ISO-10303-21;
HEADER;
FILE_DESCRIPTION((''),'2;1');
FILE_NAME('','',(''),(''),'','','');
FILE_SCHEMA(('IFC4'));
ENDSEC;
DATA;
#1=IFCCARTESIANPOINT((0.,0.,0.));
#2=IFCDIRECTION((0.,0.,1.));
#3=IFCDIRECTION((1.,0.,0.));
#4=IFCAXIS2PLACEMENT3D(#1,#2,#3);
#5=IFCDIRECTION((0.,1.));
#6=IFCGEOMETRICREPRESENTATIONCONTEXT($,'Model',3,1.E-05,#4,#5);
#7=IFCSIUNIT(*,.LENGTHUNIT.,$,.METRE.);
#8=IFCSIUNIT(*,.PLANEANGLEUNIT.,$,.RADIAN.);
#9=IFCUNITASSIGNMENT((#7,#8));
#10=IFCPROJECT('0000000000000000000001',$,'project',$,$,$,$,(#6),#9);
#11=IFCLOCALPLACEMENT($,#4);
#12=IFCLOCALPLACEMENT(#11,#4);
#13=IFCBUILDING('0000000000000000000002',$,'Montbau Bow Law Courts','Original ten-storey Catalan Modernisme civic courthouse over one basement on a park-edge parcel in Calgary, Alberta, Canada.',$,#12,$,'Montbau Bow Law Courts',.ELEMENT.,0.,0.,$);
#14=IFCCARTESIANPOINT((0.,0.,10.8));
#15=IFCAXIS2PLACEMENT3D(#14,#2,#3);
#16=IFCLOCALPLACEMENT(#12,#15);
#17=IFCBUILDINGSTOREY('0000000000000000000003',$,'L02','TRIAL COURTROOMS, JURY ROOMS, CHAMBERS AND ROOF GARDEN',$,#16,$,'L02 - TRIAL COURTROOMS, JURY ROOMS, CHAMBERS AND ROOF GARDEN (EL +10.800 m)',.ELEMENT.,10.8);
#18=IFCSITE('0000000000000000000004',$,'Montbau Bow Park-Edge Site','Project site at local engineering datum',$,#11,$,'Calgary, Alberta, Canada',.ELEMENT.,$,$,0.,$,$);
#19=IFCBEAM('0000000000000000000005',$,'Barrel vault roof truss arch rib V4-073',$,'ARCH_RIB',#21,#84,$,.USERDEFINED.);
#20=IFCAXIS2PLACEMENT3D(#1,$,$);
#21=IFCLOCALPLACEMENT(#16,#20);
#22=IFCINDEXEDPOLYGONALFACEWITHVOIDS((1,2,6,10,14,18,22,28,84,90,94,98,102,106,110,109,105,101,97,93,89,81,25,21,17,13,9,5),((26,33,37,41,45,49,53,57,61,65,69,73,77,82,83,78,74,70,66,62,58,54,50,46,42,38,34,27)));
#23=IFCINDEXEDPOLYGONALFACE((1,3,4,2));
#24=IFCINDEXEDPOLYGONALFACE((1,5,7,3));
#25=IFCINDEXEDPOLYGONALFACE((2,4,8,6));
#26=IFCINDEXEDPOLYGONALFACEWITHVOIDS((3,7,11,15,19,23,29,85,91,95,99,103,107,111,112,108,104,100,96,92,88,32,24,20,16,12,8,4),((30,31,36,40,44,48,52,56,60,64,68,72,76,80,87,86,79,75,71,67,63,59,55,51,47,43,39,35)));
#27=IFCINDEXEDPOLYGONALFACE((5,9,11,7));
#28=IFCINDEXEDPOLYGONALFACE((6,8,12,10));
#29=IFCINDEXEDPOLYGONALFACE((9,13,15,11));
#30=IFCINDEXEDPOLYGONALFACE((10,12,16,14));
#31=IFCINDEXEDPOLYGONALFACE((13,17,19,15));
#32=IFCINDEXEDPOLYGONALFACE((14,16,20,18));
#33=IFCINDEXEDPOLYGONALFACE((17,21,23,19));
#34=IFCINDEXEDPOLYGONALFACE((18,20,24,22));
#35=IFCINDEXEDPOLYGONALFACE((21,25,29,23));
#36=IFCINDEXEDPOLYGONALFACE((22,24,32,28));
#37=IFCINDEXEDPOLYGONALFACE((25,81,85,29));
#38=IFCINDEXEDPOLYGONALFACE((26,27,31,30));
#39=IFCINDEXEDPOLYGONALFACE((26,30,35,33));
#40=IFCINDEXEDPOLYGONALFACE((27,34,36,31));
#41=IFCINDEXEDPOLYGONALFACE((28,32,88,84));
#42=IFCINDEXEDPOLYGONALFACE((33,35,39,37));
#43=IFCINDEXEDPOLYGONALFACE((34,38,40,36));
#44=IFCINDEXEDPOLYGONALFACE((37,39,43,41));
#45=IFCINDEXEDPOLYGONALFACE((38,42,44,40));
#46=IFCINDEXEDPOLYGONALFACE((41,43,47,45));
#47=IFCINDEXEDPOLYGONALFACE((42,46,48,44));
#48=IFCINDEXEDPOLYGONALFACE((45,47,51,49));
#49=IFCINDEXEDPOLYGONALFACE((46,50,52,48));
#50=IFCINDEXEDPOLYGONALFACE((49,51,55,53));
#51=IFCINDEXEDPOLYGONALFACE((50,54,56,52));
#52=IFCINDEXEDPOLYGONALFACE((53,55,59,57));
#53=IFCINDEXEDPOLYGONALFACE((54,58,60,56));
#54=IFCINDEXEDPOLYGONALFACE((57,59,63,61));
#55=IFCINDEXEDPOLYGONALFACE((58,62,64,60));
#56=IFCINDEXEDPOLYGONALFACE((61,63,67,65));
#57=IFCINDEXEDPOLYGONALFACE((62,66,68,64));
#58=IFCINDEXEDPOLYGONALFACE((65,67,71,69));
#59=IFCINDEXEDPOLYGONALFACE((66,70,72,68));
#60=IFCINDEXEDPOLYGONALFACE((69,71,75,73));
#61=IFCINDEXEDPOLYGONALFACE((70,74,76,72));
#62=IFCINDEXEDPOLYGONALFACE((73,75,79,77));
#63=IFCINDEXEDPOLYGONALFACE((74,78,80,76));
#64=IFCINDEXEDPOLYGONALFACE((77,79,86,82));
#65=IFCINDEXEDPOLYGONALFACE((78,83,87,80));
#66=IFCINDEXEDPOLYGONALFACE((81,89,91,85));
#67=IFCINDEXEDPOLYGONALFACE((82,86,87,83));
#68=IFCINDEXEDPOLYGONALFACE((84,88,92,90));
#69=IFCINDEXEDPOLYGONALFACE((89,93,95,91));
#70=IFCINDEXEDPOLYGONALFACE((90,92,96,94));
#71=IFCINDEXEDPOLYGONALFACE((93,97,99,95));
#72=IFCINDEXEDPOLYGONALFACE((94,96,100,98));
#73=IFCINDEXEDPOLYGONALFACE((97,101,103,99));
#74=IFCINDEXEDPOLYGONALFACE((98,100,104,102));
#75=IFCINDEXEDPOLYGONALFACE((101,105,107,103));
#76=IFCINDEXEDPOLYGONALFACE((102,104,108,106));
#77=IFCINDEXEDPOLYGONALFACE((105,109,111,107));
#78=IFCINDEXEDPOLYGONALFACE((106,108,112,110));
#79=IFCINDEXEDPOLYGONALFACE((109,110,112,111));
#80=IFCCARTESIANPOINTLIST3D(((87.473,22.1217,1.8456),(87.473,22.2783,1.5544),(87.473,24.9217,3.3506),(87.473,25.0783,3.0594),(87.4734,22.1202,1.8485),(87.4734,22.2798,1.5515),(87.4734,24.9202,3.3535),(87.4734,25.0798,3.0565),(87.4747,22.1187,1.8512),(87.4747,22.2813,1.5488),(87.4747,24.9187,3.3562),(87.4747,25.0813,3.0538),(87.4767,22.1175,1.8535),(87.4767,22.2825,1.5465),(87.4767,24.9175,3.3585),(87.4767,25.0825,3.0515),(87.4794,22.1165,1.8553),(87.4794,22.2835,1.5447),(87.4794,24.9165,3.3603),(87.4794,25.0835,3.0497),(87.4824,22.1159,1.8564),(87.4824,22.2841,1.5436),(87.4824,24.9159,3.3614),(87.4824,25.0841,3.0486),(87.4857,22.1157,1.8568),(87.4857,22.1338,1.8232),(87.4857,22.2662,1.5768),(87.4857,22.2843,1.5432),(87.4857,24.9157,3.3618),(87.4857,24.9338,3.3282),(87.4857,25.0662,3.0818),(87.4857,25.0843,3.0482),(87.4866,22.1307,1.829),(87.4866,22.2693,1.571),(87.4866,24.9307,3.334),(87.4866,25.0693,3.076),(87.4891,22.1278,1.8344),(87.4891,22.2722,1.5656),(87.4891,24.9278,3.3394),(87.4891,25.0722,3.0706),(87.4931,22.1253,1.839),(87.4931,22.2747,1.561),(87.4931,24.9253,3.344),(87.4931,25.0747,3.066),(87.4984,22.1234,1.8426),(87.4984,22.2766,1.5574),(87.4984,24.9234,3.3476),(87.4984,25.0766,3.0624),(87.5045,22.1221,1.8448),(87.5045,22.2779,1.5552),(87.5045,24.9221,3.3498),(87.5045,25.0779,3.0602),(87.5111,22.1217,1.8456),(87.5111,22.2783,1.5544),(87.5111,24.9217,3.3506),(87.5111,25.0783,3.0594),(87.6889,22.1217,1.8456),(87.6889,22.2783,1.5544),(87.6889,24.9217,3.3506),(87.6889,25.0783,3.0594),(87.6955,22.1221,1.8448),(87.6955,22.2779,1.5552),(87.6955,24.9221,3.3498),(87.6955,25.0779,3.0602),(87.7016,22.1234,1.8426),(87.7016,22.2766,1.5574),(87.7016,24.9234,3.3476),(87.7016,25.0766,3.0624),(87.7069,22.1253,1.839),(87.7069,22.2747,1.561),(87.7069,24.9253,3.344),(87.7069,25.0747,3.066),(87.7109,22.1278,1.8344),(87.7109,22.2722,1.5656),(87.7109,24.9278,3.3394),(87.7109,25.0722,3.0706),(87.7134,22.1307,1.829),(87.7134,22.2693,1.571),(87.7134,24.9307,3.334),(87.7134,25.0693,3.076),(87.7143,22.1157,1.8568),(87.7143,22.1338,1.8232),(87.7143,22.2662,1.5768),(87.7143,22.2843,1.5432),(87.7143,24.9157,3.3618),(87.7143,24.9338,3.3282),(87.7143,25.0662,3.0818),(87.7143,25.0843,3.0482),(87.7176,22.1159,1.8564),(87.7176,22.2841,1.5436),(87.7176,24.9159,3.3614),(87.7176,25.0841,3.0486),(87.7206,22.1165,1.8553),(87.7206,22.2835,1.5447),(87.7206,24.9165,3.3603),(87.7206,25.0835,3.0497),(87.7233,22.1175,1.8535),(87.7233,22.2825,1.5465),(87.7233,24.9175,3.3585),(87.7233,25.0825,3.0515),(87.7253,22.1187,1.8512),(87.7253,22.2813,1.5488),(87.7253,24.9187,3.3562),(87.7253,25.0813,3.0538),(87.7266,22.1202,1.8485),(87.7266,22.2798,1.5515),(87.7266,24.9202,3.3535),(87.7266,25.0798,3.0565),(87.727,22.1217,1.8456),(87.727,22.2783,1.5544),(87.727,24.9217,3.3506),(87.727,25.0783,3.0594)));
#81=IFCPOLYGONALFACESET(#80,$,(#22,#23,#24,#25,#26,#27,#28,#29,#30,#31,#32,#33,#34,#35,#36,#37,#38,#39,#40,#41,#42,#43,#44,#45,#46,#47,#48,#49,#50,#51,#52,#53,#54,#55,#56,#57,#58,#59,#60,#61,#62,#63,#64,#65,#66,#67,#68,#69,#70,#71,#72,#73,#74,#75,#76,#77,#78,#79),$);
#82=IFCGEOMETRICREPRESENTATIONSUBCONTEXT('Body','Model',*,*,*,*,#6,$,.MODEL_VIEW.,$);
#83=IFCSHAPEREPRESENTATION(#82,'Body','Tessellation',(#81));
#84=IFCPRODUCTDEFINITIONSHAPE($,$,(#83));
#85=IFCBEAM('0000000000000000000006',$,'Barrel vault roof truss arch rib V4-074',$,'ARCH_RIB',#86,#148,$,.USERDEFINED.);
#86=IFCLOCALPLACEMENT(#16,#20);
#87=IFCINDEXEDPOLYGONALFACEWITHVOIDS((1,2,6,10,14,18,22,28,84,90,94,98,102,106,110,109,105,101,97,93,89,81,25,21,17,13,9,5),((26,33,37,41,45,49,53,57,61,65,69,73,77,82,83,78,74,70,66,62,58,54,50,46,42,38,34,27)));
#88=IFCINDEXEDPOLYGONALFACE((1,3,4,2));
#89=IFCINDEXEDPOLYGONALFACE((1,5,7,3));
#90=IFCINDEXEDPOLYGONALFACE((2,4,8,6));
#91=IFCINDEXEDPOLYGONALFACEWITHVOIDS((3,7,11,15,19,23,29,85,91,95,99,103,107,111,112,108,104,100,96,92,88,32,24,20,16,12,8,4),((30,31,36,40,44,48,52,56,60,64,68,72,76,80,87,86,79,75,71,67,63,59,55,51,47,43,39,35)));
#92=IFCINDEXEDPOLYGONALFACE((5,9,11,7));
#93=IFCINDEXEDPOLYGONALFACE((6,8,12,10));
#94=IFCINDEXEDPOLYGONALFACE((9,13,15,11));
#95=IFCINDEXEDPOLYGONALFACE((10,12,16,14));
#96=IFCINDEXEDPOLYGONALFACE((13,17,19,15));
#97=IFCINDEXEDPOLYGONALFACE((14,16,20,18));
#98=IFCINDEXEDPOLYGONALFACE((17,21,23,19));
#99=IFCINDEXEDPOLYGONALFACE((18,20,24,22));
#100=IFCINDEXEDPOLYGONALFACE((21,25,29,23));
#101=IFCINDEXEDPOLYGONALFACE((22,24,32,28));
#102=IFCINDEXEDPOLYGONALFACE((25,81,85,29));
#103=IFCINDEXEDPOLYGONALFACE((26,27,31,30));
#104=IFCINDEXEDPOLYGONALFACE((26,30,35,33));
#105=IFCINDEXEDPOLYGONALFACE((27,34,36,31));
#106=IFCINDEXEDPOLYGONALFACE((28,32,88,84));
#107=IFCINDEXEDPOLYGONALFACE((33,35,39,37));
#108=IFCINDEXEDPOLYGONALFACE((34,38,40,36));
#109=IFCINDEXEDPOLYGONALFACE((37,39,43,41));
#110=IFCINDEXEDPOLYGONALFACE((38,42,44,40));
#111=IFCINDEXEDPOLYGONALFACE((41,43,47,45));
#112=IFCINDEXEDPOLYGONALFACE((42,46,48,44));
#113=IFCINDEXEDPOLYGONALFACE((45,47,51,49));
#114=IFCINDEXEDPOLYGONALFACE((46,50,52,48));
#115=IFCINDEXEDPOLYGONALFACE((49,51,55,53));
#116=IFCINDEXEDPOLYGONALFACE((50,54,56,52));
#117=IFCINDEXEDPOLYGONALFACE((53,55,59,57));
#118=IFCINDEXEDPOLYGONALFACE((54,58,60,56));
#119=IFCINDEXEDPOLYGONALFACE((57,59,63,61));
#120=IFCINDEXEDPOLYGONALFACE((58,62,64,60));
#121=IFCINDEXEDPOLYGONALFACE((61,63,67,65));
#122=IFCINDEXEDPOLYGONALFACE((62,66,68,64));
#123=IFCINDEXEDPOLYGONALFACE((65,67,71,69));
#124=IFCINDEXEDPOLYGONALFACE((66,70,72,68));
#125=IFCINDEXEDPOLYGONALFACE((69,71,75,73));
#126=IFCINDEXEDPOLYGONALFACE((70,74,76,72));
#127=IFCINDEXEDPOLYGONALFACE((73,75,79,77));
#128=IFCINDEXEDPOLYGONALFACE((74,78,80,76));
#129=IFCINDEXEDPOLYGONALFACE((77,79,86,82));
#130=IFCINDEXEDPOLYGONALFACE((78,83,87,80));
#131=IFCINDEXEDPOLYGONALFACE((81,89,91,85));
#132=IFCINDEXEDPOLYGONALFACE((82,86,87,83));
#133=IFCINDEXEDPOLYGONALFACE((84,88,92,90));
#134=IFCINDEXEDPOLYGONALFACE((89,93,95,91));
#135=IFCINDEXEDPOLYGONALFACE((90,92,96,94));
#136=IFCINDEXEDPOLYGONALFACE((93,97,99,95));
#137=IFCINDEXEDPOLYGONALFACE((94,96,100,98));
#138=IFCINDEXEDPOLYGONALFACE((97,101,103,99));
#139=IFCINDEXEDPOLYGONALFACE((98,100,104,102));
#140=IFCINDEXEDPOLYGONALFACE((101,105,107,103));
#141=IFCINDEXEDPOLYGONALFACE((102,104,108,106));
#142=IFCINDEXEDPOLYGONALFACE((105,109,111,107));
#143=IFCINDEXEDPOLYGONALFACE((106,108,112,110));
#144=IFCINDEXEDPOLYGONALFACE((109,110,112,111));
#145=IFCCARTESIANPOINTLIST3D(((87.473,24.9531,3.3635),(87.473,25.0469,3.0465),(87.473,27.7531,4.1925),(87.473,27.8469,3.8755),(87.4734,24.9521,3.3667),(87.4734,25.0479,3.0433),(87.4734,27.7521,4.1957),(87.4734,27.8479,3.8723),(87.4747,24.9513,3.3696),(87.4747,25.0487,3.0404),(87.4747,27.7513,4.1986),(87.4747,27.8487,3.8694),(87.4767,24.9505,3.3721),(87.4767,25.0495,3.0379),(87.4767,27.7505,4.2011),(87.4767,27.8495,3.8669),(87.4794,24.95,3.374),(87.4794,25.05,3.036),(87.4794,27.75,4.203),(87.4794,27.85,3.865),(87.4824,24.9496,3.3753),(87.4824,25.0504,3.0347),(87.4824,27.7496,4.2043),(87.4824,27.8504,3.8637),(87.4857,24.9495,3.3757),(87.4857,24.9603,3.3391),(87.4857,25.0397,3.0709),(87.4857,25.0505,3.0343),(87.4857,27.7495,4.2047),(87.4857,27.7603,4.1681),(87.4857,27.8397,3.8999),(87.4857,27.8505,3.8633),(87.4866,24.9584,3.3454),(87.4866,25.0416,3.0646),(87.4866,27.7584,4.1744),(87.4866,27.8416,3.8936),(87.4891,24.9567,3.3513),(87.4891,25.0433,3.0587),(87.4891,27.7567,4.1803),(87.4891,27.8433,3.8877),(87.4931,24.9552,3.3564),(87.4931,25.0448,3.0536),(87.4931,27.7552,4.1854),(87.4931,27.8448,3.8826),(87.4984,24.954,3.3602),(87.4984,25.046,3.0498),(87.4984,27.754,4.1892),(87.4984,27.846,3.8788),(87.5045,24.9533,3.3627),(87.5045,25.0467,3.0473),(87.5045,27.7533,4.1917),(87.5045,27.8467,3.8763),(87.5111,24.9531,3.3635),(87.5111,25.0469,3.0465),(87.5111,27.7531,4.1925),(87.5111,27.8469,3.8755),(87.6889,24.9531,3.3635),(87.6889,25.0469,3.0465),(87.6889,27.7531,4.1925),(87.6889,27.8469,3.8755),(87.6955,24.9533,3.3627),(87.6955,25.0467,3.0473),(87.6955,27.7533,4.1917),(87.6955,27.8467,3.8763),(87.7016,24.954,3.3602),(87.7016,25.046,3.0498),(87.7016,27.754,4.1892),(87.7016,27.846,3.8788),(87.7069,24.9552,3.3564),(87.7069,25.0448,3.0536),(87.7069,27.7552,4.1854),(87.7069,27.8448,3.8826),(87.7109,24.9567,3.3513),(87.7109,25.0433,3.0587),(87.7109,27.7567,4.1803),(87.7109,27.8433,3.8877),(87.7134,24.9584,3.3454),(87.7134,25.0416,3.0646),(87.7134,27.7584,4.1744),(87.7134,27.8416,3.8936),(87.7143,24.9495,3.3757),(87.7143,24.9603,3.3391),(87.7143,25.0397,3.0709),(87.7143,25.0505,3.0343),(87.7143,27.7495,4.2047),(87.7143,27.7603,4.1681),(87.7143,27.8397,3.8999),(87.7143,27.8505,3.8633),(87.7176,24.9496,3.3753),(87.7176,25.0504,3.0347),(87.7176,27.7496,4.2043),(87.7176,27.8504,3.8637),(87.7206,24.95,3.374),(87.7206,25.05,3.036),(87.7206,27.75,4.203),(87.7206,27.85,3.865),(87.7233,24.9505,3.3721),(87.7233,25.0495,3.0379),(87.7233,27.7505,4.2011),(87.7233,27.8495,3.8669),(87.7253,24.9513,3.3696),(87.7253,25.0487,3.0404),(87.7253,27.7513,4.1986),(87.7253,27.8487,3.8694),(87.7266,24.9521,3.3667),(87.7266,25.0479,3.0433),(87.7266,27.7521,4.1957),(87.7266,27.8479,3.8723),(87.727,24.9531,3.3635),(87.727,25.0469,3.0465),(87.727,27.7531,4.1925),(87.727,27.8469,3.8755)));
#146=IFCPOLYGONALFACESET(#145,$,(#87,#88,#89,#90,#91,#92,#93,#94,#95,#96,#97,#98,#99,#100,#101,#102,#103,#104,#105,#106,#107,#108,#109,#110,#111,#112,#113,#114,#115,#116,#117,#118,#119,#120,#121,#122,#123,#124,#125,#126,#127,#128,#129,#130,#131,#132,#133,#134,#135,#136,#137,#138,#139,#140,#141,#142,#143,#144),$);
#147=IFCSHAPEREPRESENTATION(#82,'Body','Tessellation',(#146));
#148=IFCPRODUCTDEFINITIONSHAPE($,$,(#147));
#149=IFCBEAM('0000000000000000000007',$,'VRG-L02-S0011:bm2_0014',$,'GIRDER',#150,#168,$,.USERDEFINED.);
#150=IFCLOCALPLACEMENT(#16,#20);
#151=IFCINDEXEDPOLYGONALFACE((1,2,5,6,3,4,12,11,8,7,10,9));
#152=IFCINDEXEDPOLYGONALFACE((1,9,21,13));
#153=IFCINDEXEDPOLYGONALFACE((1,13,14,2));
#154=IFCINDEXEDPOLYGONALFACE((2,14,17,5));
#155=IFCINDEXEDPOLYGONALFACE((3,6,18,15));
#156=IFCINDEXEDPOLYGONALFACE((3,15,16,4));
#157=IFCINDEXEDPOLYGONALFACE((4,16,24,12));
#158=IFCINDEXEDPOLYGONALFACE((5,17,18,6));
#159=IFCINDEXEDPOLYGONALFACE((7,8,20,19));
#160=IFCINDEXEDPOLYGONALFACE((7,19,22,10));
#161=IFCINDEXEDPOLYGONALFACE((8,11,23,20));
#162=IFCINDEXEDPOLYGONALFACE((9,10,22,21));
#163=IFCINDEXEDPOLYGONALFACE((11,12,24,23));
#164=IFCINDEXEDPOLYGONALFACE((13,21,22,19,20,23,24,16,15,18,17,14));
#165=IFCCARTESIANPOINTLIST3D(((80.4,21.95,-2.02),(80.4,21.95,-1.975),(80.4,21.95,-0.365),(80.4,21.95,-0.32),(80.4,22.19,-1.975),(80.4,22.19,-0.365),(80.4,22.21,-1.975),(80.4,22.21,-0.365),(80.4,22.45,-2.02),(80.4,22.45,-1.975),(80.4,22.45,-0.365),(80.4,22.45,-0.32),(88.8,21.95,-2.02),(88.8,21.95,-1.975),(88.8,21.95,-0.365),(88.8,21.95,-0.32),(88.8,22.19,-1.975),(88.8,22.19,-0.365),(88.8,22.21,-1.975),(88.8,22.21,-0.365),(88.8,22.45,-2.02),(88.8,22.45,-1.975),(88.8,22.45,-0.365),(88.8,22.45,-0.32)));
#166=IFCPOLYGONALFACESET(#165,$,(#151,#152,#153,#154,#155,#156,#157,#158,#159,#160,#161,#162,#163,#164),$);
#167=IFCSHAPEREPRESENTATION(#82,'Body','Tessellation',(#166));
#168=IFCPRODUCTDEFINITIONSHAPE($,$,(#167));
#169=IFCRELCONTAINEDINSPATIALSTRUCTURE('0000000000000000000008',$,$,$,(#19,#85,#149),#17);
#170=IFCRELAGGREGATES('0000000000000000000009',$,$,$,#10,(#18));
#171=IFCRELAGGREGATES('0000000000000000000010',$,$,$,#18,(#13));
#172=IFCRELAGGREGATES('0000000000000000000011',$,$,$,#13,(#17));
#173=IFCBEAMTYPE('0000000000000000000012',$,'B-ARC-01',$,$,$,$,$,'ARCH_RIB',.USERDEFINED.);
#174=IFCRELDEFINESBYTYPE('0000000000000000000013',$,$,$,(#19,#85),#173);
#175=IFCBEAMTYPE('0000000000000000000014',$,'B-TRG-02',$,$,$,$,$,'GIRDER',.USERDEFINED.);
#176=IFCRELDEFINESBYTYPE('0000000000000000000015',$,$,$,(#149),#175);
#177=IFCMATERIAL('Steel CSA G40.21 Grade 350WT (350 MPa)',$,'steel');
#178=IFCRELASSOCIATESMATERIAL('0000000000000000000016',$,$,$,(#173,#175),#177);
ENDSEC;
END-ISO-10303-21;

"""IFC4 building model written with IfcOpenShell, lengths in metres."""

from ifc_helpers import new_model, si_unit, direction, frame, origin_with_axes, origin_2d_with_axis, place, context, subcontext, project, spatial, hollow_rectangle, i_section, extrude, material, material_profile, profile_set, type_object, element, save


model = new_model("IFC4")

# Units and contexts
model_context = context("Model", 3, precision=1e-05, world=origin_with_axes(), true_north=direction((0.0, 1.0)))
body_context = subcontext(model_context, "Body", "Model", "MODEL_VIEW")
ifc_project = project(units=[si_unit("LENGTHUNIT", "METRE"), si_unit("PLANEANGLEUNIT", "RADIAN")], contexts=[model_context])

# Site, building, storey
site_placement = place(None, origin_with_axes())
site = spatial("IfcSite", under=ifc_project, at=site_placement, Name="Montbau Bow Park-Edge Site", Description="Project site at local engineering datum", LongName="Calgary, Alberta, Canada", CompositionType="ELEMENT", RefElevation=0.0)
building_placement = place(site_placement, origin_with_axes())
building = spatial("IfcBuilding", under=site, at=building_placement, Name="Montbau Bow Law Courts", Description="Original ten-storey Catalan Modernisme civic courthouse over one basement on a park-edge parcel in Calgary, Alberta, Canada.", LongName="Montbau Bow Law Courts", CompositionType="ELEMENT", ElevationOfRefHeight=0.0, ElevationOfTerrain=0.0)
storey_placement = place(building_placement, frame((0.0, 0.0, 10.8), z_axis=(0.0, 0.0, 1.0), x_axis=(1.0, 0.0, 0.0)))
storey = spatial("IfcBuildingStorey", under=building, at=storey_placement, Name="L02", Description="TRIAL COURTROOMS, JURY ROOMS, CHAMBERS AND ROOF GARDEN", LongName="L02 - TRIAL COURTROOMS, JURY ROOMS, CHAMBERS AND ROOF GARDEN (EL +10.800 m)", CompositionType="ELEMENT", Elevation=10.8)

# Beams
ifc_material_1 = material(Name="Steel CSA G40.21 Grade 350WT (350 MPa)", Category="steel")
ifc_material_profile_1 = material_profile(ifc_material_1, hollow_rectangle(XDim=0.254, YDim=0.356, WallThickness=0.0127, InnerFilletRadius=0.0254, OuterFilletRadius=0.0127, at=origin_2d_with_axis()), Name="HSS356X254X13", Category="Main", Priority=0)
ifc_profile_set_1 = profile_set([ifc_material_profile_1], Name="Steel CSA G40.21 Grade 350WT (350 MPa)")
beam_type_1 = type_object("IfcBeamType", Name="B-ARC-01", ElementType="ARCH_RIB", PredefinedType="USERDEFINED", material=ifc_profile_set_1)
beam_1_placement = place(None, frame((87.6, 22.2, 12.5), z_axis=(0.0, 0.880824, 0.473443), x_axis=(-1.0, 0.0, 0.0)))
element("IfcBeam", 1, at=beam_1_placement, inside=storey, type_object=beam_type_1, Name="Barrel vault roof truss arch rib V4-073", ObjectType="ARCH_RIB", PredefinedType="USERDEFINED", context=body_context, shape_type="SweptSolid", body=[
    extrude(hollow_rectangle(XDim=0.254, YDim=0.356, WallThickness=0.0127, InnerFilletRadius=0.0254, OuterFilletRadius=0.0127, at=origin_2d_with_axis()), origin_with_axes(), (0.0, 0.0, 1.0), 3.1788),
])
beam_2_placement = place(None, frame((87.6, 25.0, 14.005), z_axis=(0.0, 0.958857, 0.28389), x_axis=(-1.0, 0.0, 0.0)))
element("IfcBeam", 2, at=beam_2_placement, inside=storey, type_object=beam_type_1, Name="Barrel vault roof truss arch rib V4-074", ObjectType="ARCH_RIB", PredefinedType="USERDEFINED", context=body_context, shape_type="SweptSolid", body=[
    extrude(hollow_rectangle(XDim=0.254, YDim=0.356, WallThickness=0.0127, InnerFilletRadius=0.0254, OuterFilletRadius=0.0127, at=origin_2d_with_axis()), origin_with_axes(), (0.0, 0.0, 1.0), 2.9201),
])
ifc_material_profile_2 = material_profile(ifc_material_1, i_section(OverallWidth=0.5, OverallDepth=1.7, WebThickness=0.02, FlangeThickness=0.045, at=origin_2d_with_axis()), Name="WWF1700X480", Category="Main", Priority=0)
ifc_profile_set_2 = profile_set([ifc_material_profile_2], Name="Steel CSA G40.21 Grade 350WT (350 MPa)")
beam_type_2 = type_object("IfcBeamType", Name="B-TRG-02", ElementType="GIRDER", PredefinedType="USERDEFINED", material=ifc_profile_set_2)
beam_3_placement = place(None, frame((80.4, 22.2, 9.63), z_axis=(1.0, 0.0, 0.0), x_axis=(0.0, 1.0, 0.0)))
element("IfcBeam", 3, at=beam_3_placement, inside=storey, type_object=beam_type_2, Name="VRG-L02-S0011:bm2_0014", ObjectType="GIRDER", PredefinedType="USERDEFINED", context=body_context, shape_type="SweptSolid", body=[
    extrude(i_section(OverallWidth=0.5, OverallDepth=1.7, WebThickness=0.02, FlangeThickness=0.045, at=origin_2d_with_axis()), origin_with_axes(), (0.0, 0.0, 1.0), 8.4),
])

save(model, "model.ifc")
